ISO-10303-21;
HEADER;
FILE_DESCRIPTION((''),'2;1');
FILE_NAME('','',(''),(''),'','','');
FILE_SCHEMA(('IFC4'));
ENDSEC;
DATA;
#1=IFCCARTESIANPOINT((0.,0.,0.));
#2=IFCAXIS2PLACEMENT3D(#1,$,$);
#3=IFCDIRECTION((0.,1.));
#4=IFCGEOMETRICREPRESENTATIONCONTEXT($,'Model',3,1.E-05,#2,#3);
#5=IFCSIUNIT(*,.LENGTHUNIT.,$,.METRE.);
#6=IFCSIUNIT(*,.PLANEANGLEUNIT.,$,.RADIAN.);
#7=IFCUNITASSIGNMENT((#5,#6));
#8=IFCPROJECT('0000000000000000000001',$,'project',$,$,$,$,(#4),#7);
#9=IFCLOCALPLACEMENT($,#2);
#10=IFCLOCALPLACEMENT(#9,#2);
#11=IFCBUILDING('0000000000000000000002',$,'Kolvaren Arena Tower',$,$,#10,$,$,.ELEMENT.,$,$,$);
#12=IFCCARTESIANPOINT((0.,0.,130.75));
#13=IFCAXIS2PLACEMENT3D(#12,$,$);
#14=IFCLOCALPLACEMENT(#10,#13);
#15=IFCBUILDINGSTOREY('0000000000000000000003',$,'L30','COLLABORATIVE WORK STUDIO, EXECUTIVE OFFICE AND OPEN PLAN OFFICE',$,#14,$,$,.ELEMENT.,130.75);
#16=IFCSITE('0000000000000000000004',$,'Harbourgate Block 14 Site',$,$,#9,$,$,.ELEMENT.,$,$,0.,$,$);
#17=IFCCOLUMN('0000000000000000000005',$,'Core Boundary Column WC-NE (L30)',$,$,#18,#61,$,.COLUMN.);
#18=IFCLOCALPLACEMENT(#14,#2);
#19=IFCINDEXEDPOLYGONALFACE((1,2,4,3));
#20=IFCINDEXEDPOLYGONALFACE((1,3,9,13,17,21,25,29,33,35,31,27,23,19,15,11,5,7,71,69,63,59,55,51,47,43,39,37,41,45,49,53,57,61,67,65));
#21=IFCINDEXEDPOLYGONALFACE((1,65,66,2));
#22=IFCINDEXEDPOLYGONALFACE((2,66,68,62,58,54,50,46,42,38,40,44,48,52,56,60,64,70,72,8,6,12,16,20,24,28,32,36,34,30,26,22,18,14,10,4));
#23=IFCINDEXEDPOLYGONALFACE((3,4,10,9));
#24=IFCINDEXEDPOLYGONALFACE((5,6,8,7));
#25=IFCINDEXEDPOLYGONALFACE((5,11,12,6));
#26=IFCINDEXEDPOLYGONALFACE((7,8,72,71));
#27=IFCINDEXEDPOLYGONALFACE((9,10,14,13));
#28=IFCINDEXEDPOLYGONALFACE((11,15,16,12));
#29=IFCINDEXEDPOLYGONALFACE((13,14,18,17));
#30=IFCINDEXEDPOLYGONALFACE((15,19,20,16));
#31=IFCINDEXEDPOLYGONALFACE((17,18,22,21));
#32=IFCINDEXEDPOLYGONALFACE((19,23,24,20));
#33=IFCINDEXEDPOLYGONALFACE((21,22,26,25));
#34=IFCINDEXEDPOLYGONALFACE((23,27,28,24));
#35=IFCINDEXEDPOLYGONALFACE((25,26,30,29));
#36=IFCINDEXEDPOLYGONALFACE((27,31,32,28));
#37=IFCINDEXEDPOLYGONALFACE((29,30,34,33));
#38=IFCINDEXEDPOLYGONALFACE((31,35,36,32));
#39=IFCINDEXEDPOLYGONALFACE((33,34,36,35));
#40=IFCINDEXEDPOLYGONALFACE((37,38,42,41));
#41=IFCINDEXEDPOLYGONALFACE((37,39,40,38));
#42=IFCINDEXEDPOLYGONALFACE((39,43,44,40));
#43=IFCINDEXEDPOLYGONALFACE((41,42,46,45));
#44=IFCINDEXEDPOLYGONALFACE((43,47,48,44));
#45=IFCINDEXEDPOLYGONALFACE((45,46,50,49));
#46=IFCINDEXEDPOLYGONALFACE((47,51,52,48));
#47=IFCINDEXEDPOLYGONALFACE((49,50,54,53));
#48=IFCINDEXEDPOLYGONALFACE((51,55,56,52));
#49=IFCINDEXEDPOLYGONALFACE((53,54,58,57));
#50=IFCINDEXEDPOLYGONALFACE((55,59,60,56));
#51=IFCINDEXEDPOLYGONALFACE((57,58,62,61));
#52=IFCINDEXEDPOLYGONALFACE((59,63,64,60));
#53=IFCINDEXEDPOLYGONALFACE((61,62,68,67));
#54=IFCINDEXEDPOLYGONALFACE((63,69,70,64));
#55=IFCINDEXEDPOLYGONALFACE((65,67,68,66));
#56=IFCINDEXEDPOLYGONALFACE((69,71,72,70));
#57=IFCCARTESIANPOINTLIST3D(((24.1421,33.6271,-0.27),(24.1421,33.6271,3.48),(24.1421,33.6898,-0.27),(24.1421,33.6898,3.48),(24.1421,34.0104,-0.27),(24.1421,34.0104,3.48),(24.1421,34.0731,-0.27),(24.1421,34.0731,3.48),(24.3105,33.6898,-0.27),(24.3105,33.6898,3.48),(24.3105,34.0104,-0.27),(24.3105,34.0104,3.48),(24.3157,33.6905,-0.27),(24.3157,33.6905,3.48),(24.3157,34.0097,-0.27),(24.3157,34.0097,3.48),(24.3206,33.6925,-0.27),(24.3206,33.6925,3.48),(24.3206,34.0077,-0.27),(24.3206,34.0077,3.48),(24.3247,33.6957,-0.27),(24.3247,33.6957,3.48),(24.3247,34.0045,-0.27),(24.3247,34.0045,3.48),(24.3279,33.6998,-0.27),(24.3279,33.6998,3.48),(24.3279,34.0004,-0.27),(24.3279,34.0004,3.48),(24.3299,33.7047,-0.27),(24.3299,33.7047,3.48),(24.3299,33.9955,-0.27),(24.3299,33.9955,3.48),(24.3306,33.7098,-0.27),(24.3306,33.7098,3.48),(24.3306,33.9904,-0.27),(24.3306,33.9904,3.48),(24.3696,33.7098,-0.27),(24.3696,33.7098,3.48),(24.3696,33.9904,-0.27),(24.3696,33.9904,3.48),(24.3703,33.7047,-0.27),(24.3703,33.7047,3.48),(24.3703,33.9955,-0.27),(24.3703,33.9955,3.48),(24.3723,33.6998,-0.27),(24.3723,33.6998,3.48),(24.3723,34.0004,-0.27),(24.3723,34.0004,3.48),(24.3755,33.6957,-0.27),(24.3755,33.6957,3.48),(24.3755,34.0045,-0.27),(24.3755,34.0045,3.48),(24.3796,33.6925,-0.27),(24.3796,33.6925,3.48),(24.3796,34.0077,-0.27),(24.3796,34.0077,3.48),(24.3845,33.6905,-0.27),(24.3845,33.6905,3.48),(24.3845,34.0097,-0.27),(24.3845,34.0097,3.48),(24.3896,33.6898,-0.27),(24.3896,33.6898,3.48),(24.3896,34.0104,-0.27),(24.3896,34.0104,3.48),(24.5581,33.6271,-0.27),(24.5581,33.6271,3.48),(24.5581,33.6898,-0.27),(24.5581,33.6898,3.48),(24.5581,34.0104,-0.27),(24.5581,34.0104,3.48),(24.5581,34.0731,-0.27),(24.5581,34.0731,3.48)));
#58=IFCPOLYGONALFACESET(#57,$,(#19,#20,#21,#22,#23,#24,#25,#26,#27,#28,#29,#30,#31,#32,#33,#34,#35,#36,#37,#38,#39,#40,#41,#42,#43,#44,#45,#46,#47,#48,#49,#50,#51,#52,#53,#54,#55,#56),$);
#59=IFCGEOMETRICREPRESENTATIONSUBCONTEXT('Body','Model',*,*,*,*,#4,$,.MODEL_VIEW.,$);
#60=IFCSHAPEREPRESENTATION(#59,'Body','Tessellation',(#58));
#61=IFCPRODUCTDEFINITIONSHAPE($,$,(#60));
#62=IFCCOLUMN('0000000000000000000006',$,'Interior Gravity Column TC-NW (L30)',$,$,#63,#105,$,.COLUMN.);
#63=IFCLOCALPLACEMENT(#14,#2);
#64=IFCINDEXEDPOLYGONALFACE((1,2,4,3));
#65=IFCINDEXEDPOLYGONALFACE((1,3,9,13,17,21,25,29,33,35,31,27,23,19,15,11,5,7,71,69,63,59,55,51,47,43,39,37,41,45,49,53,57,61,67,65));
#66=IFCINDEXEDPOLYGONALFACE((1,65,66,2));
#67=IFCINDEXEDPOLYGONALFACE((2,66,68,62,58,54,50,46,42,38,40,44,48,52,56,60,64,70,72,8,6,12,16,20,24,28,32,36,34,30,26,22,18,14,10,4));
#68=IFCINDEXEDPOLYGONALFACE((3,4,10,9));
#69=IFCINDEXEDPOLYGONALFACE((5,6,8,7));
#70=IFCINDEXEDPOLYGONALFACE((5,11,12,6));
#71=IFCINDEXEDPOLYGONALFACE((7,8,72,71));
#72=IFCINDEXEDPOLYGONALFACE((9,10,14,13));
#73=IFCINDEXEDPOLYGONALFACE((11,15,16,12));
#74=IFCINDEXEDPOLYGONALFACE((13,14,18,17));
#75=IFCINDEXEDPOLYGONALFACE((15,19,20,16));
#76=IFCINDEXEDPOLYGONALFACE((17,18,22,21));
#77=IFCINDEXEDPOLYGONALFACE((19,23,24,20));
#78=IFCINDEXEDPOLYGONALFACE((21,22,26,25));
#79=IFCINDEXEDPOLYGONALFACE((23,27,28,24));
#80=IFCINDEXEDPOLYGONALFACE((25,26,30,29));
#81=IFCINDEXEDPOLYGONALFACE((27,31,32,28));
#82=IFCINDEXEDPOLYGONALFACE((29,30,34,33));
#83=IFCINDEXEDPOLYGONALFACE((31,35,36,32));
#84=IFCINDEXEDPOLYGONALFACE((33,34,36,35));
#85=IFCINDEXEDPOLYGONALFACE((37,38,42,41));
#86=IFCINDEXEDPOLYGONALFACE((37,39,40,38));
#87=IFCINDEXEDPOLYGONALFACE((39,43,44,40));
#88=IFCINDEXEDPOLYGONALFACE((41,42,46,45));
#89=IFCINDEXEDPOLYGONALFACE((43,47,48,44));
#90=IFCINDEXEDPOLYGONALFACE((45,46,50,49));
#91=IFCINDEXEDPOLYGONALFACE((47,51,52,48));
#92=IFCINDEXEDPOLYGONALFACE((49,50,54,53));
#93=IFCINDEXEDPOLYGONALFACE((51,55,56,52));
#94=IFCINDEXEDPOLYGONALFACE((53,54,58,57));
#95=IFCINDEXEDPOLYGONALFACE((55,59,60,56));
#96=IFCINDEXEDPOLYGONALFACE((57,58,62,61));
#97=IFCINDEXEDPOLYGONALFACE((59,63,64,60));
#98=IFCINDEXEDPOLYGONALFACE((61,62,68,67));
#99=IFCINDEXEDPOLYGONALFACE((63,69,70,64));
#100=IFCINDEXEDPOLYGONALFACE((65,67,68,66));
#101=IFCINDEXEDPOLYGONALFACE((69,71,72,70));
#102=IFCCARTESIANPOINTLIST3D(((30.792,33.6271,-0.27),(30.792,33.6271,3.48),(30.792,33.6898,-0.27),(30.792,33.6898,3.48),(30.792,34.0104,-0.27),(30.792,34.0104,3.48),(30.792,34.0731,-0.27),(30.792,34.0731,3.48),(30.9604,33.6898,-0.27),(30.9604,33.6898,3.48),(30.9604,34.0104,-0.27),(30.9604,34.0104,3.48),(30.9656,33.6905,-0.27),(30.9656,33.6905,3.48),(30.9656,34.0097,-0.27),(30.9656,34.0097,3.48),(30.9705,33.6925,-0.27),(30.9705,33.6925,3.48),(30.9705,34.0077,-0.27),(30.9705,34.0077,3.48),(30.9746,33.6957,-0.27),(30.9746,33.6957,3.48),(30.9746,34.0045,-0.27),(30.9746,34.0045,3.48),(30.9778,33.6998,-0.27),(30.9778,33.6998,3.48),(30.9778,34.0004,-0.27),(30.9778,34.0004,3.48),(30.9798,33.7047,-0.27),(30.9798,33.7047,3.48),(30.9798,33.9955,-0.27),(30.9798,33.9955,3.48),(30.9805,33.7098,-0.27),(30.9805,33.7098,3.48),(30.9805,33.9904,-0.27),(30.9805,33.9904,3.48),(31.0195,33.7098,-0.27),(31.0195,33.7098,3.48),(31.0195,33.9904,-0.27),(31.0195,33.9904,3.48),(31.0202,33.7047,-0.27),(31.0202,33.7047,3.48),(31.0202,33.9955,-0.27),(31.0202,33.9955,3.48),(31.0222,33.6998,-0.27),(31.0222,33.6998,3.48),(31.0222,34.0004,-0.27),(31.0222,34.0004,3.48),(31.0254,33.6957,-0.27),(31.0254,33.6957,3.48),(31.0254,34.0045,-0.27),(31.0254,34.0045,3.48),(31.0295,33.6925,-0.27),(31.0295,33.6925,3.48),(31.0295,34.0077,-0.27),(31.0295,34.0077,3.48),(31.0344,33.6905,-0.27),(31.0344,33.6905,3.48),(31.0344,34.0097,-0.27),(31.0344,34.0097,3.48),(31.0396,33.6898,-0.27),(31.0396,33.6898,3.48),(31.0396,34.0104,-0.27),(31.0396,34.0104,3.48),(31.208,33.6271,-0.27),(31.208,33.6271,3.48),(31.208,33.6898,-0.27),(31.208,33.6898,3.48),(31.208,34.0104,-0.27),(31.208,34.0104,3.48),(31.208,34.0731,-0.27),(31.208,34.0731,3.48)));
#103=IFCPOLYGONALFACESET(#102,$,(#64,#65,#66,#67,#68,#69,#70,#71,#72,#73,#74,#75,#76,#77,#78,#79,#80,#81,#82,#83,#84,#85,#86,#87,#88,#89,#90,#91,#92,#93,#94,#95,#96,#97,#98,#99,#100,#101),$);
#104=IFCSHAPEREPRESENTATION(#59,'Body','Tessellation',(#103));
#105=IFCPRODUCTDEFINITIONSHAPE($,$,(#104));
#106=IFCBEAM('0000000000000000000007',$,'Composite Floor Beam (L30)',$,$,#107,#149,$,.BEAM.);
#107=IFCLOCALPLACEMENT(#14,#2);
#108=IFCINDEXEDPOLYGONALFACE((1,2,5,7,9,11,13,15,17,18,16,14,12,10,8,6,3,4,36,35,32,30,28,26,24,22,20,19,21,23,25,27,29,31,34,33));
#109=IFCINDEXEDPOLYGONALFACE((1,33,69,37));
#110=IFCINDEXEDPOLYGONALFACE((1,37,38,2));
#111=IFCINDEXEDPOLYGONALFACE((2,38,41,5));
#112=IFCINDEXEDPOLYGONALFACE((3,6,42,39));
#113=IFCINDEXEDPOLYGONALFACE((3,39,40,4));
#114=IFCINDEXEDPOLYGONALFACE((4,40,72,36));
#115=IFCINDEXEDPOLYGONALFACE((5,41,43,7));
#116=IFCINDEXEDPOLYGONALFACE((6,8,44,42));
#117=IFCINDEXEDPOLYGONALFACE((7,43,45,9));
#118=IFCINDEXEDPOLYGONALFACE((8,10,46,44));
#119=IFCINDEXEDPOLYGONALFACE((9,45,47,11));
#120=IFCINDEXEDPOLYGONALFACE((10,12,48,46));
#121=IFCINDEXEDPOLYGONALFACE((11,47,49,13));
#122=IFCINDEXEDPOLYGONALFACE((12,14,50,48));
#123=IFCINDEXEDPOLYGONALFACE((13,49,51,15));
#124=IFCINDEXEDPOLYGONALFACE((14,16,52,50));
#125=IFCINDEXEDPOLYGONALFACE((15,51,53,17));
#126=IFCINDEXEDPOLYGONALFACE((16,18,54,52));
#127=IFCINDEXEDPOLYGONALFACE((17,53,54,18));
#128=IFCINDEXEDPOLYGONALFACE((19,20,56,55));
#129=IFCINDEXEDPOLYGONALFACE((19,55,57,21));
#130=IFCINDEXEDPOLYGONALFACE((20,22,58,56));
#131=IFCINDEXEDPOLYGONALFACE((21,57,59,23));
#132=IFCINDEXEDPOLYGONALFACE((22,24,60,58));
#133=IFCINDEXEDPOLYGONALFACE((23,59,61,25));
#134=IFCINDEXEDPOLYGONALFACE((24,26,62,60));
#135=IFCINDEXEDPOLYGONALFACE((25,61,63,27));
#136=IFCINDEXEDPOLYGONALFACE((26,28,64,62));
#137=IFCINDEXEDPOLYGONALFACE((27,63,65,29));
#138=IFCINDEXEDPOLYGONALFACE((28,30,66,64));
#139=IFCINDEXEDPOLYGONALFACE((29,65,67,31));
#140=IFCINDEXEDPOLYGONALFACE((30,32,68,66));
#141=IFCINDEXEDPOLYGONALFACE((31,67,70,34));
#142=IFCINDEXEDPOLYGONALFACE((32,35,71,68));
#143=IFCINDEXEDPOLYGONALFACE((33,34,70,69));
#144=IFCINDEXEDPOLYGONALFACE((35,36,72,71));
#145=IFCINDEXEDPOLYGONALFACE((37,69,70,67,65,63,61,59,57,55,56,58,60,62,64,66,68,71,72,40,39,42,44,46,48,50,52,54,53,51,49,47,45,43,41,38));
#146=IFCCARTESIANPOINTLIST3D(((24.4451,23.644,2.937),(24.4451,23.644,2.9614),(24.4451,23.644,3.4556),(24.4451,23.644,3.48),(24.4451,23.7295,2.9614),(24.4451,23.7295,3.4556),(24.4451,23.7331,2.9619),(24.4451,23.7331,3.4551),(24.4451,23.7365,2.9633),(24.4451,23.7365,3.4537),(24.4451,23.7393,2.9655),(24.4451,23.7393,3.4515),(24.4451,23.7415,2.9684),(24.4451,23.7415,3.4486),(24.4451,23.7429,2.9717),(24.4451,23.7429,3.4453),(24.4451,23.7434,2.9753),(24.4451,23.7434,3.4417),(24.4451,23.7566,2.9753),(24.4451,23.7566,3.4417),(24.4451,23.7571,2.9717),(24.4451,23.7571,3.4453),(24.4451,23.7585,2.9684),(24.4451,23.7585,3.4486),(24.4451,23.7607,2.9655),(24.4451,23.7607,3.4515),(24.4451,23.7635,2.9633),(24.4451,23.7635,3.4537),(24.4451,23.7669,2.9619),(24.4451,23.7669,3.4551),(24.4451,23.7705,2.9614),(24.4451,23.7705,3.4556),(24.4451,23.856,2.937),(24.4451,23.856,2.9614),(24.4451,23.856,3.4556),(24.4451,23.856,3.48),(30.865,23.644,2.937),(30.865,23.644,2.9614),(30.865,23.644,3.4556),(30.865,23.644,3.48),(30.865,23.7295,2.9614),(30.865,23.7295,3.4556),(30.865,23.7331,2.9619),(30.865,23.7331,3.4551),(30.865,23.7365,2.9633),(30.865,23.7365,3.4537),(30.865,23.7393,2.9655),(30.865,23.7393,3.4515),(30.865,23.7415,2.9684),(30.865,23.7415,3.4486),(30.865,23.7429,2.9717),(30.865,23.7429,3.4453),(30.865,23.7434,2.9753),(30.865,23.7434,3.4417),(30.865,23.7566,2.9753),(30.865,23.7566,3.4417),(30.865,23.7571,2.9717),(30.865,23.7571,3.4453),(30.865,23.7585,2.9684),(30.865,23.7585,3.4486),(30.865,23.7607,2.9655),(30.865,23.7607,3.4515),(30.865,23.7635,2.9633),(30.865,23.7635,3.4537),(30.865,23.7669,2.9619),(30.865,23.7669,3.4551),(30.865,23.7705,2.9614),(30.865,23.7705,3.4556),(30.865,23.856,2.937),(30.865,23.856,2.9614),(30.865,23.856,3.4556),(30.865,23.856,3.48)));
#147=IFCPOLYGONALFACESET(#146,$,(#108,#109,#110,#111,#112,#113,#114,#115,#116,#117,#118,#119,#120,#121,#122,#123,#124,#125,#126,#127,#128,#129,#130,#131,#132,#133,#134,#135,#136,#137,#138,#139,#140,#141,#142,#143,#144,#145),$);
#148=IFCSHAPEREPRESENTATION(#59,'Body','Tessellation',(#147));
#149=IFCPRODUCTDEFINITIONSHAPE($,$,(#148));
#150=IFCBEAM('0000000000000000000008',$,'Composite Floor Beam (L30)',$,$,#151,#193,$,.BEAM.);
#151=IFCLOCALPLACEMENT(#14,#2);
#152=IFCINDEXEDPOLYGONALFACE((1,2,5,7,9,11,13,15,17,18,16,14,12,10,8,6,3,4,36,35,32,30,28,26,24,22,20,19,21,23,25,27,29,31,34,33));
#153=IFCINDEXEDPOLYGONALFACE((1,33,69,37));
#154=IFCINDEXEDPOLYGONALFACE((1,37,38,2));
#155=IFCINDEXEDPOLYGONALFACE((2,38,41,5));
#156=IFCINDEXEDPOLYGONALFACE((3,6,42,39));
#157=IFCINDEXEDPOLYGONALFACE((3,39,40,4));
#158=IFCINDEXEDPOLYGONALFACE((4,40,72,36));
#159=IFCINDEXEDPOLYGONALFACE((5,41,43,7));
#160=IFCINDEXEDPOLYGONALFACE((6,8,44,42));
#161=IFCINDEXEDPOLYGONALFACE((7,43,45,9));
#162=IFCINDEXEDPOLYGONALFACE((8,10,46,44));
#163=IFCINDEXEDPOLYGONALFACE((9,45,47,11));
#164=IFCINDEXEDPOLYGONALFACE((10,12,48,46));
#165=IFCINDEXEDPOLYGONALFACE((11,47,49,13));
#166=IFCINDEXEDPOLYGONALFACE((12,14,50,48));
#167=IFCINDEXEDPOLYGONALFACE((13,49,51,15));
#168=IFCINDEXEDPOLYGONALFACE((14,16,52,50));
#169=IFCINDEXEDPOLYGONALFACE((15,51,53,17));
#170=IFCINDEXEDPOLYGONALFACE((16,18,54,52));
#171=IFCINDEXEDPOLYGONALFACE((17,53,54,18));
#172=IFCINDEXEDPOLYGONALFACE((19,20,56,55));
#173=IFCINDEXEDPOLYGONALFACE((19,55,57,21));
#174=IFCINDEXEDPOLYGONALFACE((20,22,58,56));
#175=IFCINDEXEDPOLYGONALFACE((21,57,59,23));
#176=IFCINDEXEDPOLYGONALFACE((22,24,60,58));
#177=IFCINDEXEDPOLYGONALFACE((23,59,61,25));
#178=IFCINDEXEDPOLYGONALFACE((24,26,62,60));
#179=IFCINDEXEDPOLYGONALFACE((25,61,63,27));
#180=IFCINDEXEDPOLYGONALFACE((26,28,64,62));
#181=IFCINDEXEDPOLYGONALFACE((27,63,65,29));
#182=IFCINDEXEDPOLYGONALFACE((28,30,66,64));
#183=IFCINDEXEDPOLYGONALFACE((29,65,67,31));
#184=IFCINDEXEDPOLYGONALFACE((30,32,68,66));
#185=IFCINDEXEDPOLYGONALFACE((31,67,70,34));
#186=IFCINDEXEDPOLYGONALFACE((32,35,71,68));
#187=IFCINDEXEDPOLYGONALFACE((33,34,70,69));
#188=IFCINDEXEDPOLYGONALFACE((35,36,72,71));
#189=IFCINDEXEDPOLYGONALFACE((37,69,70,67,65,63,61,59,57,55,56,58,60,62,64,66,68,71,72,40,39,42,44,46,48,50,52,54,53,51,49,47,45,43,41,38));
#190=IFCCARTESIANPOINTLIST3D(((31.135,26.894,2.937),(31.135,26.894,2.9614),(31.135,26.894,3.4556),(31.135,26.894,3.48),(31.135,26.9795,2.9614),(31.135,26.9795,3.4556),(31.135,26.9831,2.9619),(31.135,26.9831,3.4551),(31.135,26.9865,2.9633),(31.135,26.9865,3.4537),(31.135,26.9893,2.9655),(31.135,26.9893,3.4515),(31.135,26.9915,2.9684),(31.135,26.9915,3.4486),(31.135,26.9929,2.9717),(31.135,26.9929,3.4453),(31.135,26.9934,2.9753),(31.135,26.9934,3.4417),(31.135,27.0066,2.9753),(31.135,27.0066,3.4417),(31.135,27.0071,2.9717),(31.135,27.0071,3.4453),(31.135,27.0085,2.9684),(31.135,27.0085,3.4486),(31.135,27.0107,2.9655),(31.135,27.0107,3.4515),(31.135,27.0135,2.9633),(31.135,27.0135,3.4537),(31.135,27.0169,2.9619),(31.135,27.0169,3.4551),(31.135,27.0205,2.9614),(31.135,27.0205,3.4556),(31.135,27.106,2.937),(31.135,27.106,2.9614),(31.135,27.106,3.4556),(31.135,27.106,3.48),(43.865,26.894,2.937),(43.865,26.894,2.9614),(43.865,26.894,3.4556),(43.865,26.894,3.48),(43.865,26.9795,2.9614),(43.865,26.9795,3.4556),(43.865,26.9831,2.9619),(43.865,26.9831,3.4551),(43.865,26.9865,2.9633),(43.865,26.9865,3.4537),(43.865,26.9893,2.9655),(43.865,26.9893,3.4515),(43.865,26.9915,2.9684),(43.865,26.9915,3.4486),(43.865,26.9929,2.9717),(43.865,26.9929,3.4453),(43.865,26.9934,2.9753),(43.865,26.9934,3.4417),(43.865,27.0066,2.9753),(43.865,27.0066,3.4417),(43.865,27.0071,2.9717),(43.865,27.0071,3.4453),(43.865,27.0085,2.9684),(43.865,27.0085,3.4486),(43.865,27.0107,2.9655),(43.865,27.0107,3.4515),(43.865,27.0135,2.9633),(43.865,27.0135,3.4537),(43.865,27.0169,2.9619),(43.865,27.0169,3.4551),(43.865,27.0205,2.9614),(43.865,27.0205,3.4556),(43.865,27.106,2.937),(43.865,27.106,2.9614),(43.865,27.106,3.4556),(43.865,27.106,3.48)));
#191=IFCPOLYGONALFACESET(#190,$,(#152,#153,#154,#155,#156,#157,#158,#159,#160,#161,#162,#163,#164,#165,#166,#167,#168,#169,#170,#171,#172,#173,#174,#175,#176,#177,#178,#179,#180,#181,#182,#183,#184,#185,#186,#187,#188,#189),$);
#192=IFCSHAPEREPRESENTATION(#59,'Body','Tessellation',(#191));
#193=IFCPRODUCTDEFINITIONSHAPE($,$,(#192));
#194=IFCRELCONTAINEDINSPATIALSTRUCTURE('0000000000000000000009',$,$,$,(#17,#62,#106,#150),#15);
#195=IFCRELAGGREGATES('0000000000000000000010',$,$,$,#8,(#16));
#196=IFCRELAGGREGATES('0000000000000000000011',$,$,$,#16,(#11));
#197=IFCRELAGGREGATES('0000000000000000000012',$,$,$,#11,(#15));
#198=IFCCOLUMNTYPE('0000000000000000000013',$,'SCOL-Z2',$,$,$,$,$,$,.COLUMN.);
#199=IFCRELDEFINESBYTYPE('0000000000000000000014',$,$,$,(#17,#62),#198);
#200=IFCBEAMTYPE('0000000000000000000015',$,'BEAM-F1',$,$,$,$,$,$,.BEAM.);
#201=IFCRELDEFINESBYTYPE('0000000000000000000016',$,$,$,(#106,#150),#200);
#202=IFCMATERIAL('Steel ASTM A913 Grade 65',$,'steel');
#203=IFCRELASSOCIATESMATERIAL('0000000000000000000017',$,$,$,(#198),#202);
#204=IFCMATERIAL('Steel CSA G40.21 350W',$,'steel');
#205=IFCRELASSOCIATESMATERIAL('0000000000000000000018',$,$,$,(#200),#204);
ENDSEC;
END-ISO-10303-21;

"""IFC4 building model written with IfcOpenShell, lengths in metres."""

from ifc_helpers import new_model, si_unit, direction, frame, origin, origin_2d, place, context, subcontext, project, spatial, i_section, extrude, material, material_profile, profile_set, type_object, element, save


model = new_model("IFC4")

# Units and contexts
model_context = context("Model", 3, precision=1e-05, world=origin(), true_north=direction((0.0, 1.0)))
body_context = subcontext(model_context, "Body", "Model", "MODEL_VIEW")
ifc_project = project(units=[si_unit("LENGTHUNIT", "METRE"), si_unit("PLANEANGLEUNIT", "RADIAN")], contexts=[model_context])

# Site, building, storey
site_placement = place(None, origin())
site = spatial("IfcSite", under=ifc_project, at=site_placement, Name="Harbourgate Block 14 Site", CompositionType="ELEMENT", RefElevation=0.0)
building_placement = place(site_placement, origin())
building = spatial("IfcBuilding", under=site, at=building_placement, Name="Kolvaren Arena Tower", CompositionType="ELEMENT")
storey_placement = place(building_placement, frame((0.0, 0.0, 130.75)))
storey = spatial("IfcBuildingStorey", under=building, at=storey_placement, Name="L30", Description="COLLABORATIVE WORK STUDIO, EXECUTIVE OFFICE AND OPEN PLAN OFFICE", CompositionType="ELEMENT", Elevation=130.75)

# Columns
ifc_material_1 = material(Name="Steel ASTM A913 Grade 65", Category="steel")
ifc_material_profile_1 = material_profile(ifc_material_1, i_section(OverallWidth=0.416, OverallDepth=0.446, WebThickness=0.0391, FlangeThickness=0.0627, FilletRadius=0.02, at=origin_2d()), Name="W360x509")
ifc_profile_set_1 = profile_set([ifc_material_profile_1], Name="Steel ASTM A913 Grade 65")
column_type = type_object("IfcColumnType", Name="SCOL-Z2", PredefinedType="COLUMN", material=ifc_profile_set_1)
for number, where, z_axis, x_axis, name in (
    (1, (24.3501, 33.8501, -0.27), (0.0, 0.0, 1.0), (1.0, 0.0, 0.0), "Core Boundary Column WC-NE (L30)"),
    (2, (31.0, 33.8501, -0.27), (0.0, 0.0, 1.0), (1.0, 0.0, 0.0), "Interior Gravity Column TC-NW (L30)"),
):
    element("IfcColumn", number, at=place(storey_placement, frame(where, z_axis=z_axis, x_axis=x_axis)), inside=storey, type_object=column_type, Name=name, PredefinedType="COLUMN", context=body_context, shape_type="SweptSolid", body=[
        extrude(i_section(OverallWidth=0.416, OverallDepth=0.446, WebThickness=0.0391, FlangeThickness=0.0627, FilletRadius=0.02, at=origin_2d()), origin(), (0.0, 0.0, 1.0), 3.75),
    ])

# Beams
ifc_material_2 = material(Name="Steel CSA G40.21 350W", Category="steel")
ifc_material_profile_2 = material_profile(ifc_material_2, i_section(OverallWidth=0.2119, OverallDepth=0.543, WebThickness=0.0132, FlangeThickness=0.0244, FilletRadius=0.0139, at=origin_2d()), Name="W530x150")
ifc_profile_set_2 = profile_set([ifc_material_profile_2], Name="Steel CSA G40.21 350W")
beam_type_1 = type_object("IfcBeamType", Name="BEAM-F1", PredefinedType="BEAM", material=ifc_profile_set_2)
beam_1_placement = place(storey_placement, frame((24.4451, 23.75, 3.2085), z_axis=(1.0, 0.0, 0.0), x_axis=(0.0, 1.0, 0.0)))
element("IfcBeam", 3, at=beam_1_placement, inside=storey, type_object=beam_type_1, Name="Composite Floor Beam (L30)", PredefinedType="BEAM", context=body_context, shape_type="SweptSolid", body=[
    extrude(i_section(OverallWidth=0.2119, OverallDepth=0.543, WebThickness=0.0132, FlangeThickness=0.0244, FilletRadius=0.0139, at=origin_2d()), origin(), (0.0, 0.0, 1.0), 6.4199),
])
beam_2_placement = place(storey_placement, frame((31.135, 27.0, 3.2085), z_axis=(1.0, 0.0, 0.0), x_axis=(0.0, 1.0, 0.0)))
element("IfcBeam", 4, at=beam_2_placement, inside=storey, type_object=beam_type_1, Name="Composite Floor Beam (L30)", PredefinedType="BEAM", context=body_context, shape_type="SweptSolid", body=[
    extrude(i_section(OverallWidth=0.2119, OverallDepth=0.543, WebThickness=0.0132, FlangeThickness=0.0244, FilletRadius=0.0139, at=origin_2d()), origin(), (0.0, 0.0, 1.0), 12.73),
])

save(model, "model.ifc")
